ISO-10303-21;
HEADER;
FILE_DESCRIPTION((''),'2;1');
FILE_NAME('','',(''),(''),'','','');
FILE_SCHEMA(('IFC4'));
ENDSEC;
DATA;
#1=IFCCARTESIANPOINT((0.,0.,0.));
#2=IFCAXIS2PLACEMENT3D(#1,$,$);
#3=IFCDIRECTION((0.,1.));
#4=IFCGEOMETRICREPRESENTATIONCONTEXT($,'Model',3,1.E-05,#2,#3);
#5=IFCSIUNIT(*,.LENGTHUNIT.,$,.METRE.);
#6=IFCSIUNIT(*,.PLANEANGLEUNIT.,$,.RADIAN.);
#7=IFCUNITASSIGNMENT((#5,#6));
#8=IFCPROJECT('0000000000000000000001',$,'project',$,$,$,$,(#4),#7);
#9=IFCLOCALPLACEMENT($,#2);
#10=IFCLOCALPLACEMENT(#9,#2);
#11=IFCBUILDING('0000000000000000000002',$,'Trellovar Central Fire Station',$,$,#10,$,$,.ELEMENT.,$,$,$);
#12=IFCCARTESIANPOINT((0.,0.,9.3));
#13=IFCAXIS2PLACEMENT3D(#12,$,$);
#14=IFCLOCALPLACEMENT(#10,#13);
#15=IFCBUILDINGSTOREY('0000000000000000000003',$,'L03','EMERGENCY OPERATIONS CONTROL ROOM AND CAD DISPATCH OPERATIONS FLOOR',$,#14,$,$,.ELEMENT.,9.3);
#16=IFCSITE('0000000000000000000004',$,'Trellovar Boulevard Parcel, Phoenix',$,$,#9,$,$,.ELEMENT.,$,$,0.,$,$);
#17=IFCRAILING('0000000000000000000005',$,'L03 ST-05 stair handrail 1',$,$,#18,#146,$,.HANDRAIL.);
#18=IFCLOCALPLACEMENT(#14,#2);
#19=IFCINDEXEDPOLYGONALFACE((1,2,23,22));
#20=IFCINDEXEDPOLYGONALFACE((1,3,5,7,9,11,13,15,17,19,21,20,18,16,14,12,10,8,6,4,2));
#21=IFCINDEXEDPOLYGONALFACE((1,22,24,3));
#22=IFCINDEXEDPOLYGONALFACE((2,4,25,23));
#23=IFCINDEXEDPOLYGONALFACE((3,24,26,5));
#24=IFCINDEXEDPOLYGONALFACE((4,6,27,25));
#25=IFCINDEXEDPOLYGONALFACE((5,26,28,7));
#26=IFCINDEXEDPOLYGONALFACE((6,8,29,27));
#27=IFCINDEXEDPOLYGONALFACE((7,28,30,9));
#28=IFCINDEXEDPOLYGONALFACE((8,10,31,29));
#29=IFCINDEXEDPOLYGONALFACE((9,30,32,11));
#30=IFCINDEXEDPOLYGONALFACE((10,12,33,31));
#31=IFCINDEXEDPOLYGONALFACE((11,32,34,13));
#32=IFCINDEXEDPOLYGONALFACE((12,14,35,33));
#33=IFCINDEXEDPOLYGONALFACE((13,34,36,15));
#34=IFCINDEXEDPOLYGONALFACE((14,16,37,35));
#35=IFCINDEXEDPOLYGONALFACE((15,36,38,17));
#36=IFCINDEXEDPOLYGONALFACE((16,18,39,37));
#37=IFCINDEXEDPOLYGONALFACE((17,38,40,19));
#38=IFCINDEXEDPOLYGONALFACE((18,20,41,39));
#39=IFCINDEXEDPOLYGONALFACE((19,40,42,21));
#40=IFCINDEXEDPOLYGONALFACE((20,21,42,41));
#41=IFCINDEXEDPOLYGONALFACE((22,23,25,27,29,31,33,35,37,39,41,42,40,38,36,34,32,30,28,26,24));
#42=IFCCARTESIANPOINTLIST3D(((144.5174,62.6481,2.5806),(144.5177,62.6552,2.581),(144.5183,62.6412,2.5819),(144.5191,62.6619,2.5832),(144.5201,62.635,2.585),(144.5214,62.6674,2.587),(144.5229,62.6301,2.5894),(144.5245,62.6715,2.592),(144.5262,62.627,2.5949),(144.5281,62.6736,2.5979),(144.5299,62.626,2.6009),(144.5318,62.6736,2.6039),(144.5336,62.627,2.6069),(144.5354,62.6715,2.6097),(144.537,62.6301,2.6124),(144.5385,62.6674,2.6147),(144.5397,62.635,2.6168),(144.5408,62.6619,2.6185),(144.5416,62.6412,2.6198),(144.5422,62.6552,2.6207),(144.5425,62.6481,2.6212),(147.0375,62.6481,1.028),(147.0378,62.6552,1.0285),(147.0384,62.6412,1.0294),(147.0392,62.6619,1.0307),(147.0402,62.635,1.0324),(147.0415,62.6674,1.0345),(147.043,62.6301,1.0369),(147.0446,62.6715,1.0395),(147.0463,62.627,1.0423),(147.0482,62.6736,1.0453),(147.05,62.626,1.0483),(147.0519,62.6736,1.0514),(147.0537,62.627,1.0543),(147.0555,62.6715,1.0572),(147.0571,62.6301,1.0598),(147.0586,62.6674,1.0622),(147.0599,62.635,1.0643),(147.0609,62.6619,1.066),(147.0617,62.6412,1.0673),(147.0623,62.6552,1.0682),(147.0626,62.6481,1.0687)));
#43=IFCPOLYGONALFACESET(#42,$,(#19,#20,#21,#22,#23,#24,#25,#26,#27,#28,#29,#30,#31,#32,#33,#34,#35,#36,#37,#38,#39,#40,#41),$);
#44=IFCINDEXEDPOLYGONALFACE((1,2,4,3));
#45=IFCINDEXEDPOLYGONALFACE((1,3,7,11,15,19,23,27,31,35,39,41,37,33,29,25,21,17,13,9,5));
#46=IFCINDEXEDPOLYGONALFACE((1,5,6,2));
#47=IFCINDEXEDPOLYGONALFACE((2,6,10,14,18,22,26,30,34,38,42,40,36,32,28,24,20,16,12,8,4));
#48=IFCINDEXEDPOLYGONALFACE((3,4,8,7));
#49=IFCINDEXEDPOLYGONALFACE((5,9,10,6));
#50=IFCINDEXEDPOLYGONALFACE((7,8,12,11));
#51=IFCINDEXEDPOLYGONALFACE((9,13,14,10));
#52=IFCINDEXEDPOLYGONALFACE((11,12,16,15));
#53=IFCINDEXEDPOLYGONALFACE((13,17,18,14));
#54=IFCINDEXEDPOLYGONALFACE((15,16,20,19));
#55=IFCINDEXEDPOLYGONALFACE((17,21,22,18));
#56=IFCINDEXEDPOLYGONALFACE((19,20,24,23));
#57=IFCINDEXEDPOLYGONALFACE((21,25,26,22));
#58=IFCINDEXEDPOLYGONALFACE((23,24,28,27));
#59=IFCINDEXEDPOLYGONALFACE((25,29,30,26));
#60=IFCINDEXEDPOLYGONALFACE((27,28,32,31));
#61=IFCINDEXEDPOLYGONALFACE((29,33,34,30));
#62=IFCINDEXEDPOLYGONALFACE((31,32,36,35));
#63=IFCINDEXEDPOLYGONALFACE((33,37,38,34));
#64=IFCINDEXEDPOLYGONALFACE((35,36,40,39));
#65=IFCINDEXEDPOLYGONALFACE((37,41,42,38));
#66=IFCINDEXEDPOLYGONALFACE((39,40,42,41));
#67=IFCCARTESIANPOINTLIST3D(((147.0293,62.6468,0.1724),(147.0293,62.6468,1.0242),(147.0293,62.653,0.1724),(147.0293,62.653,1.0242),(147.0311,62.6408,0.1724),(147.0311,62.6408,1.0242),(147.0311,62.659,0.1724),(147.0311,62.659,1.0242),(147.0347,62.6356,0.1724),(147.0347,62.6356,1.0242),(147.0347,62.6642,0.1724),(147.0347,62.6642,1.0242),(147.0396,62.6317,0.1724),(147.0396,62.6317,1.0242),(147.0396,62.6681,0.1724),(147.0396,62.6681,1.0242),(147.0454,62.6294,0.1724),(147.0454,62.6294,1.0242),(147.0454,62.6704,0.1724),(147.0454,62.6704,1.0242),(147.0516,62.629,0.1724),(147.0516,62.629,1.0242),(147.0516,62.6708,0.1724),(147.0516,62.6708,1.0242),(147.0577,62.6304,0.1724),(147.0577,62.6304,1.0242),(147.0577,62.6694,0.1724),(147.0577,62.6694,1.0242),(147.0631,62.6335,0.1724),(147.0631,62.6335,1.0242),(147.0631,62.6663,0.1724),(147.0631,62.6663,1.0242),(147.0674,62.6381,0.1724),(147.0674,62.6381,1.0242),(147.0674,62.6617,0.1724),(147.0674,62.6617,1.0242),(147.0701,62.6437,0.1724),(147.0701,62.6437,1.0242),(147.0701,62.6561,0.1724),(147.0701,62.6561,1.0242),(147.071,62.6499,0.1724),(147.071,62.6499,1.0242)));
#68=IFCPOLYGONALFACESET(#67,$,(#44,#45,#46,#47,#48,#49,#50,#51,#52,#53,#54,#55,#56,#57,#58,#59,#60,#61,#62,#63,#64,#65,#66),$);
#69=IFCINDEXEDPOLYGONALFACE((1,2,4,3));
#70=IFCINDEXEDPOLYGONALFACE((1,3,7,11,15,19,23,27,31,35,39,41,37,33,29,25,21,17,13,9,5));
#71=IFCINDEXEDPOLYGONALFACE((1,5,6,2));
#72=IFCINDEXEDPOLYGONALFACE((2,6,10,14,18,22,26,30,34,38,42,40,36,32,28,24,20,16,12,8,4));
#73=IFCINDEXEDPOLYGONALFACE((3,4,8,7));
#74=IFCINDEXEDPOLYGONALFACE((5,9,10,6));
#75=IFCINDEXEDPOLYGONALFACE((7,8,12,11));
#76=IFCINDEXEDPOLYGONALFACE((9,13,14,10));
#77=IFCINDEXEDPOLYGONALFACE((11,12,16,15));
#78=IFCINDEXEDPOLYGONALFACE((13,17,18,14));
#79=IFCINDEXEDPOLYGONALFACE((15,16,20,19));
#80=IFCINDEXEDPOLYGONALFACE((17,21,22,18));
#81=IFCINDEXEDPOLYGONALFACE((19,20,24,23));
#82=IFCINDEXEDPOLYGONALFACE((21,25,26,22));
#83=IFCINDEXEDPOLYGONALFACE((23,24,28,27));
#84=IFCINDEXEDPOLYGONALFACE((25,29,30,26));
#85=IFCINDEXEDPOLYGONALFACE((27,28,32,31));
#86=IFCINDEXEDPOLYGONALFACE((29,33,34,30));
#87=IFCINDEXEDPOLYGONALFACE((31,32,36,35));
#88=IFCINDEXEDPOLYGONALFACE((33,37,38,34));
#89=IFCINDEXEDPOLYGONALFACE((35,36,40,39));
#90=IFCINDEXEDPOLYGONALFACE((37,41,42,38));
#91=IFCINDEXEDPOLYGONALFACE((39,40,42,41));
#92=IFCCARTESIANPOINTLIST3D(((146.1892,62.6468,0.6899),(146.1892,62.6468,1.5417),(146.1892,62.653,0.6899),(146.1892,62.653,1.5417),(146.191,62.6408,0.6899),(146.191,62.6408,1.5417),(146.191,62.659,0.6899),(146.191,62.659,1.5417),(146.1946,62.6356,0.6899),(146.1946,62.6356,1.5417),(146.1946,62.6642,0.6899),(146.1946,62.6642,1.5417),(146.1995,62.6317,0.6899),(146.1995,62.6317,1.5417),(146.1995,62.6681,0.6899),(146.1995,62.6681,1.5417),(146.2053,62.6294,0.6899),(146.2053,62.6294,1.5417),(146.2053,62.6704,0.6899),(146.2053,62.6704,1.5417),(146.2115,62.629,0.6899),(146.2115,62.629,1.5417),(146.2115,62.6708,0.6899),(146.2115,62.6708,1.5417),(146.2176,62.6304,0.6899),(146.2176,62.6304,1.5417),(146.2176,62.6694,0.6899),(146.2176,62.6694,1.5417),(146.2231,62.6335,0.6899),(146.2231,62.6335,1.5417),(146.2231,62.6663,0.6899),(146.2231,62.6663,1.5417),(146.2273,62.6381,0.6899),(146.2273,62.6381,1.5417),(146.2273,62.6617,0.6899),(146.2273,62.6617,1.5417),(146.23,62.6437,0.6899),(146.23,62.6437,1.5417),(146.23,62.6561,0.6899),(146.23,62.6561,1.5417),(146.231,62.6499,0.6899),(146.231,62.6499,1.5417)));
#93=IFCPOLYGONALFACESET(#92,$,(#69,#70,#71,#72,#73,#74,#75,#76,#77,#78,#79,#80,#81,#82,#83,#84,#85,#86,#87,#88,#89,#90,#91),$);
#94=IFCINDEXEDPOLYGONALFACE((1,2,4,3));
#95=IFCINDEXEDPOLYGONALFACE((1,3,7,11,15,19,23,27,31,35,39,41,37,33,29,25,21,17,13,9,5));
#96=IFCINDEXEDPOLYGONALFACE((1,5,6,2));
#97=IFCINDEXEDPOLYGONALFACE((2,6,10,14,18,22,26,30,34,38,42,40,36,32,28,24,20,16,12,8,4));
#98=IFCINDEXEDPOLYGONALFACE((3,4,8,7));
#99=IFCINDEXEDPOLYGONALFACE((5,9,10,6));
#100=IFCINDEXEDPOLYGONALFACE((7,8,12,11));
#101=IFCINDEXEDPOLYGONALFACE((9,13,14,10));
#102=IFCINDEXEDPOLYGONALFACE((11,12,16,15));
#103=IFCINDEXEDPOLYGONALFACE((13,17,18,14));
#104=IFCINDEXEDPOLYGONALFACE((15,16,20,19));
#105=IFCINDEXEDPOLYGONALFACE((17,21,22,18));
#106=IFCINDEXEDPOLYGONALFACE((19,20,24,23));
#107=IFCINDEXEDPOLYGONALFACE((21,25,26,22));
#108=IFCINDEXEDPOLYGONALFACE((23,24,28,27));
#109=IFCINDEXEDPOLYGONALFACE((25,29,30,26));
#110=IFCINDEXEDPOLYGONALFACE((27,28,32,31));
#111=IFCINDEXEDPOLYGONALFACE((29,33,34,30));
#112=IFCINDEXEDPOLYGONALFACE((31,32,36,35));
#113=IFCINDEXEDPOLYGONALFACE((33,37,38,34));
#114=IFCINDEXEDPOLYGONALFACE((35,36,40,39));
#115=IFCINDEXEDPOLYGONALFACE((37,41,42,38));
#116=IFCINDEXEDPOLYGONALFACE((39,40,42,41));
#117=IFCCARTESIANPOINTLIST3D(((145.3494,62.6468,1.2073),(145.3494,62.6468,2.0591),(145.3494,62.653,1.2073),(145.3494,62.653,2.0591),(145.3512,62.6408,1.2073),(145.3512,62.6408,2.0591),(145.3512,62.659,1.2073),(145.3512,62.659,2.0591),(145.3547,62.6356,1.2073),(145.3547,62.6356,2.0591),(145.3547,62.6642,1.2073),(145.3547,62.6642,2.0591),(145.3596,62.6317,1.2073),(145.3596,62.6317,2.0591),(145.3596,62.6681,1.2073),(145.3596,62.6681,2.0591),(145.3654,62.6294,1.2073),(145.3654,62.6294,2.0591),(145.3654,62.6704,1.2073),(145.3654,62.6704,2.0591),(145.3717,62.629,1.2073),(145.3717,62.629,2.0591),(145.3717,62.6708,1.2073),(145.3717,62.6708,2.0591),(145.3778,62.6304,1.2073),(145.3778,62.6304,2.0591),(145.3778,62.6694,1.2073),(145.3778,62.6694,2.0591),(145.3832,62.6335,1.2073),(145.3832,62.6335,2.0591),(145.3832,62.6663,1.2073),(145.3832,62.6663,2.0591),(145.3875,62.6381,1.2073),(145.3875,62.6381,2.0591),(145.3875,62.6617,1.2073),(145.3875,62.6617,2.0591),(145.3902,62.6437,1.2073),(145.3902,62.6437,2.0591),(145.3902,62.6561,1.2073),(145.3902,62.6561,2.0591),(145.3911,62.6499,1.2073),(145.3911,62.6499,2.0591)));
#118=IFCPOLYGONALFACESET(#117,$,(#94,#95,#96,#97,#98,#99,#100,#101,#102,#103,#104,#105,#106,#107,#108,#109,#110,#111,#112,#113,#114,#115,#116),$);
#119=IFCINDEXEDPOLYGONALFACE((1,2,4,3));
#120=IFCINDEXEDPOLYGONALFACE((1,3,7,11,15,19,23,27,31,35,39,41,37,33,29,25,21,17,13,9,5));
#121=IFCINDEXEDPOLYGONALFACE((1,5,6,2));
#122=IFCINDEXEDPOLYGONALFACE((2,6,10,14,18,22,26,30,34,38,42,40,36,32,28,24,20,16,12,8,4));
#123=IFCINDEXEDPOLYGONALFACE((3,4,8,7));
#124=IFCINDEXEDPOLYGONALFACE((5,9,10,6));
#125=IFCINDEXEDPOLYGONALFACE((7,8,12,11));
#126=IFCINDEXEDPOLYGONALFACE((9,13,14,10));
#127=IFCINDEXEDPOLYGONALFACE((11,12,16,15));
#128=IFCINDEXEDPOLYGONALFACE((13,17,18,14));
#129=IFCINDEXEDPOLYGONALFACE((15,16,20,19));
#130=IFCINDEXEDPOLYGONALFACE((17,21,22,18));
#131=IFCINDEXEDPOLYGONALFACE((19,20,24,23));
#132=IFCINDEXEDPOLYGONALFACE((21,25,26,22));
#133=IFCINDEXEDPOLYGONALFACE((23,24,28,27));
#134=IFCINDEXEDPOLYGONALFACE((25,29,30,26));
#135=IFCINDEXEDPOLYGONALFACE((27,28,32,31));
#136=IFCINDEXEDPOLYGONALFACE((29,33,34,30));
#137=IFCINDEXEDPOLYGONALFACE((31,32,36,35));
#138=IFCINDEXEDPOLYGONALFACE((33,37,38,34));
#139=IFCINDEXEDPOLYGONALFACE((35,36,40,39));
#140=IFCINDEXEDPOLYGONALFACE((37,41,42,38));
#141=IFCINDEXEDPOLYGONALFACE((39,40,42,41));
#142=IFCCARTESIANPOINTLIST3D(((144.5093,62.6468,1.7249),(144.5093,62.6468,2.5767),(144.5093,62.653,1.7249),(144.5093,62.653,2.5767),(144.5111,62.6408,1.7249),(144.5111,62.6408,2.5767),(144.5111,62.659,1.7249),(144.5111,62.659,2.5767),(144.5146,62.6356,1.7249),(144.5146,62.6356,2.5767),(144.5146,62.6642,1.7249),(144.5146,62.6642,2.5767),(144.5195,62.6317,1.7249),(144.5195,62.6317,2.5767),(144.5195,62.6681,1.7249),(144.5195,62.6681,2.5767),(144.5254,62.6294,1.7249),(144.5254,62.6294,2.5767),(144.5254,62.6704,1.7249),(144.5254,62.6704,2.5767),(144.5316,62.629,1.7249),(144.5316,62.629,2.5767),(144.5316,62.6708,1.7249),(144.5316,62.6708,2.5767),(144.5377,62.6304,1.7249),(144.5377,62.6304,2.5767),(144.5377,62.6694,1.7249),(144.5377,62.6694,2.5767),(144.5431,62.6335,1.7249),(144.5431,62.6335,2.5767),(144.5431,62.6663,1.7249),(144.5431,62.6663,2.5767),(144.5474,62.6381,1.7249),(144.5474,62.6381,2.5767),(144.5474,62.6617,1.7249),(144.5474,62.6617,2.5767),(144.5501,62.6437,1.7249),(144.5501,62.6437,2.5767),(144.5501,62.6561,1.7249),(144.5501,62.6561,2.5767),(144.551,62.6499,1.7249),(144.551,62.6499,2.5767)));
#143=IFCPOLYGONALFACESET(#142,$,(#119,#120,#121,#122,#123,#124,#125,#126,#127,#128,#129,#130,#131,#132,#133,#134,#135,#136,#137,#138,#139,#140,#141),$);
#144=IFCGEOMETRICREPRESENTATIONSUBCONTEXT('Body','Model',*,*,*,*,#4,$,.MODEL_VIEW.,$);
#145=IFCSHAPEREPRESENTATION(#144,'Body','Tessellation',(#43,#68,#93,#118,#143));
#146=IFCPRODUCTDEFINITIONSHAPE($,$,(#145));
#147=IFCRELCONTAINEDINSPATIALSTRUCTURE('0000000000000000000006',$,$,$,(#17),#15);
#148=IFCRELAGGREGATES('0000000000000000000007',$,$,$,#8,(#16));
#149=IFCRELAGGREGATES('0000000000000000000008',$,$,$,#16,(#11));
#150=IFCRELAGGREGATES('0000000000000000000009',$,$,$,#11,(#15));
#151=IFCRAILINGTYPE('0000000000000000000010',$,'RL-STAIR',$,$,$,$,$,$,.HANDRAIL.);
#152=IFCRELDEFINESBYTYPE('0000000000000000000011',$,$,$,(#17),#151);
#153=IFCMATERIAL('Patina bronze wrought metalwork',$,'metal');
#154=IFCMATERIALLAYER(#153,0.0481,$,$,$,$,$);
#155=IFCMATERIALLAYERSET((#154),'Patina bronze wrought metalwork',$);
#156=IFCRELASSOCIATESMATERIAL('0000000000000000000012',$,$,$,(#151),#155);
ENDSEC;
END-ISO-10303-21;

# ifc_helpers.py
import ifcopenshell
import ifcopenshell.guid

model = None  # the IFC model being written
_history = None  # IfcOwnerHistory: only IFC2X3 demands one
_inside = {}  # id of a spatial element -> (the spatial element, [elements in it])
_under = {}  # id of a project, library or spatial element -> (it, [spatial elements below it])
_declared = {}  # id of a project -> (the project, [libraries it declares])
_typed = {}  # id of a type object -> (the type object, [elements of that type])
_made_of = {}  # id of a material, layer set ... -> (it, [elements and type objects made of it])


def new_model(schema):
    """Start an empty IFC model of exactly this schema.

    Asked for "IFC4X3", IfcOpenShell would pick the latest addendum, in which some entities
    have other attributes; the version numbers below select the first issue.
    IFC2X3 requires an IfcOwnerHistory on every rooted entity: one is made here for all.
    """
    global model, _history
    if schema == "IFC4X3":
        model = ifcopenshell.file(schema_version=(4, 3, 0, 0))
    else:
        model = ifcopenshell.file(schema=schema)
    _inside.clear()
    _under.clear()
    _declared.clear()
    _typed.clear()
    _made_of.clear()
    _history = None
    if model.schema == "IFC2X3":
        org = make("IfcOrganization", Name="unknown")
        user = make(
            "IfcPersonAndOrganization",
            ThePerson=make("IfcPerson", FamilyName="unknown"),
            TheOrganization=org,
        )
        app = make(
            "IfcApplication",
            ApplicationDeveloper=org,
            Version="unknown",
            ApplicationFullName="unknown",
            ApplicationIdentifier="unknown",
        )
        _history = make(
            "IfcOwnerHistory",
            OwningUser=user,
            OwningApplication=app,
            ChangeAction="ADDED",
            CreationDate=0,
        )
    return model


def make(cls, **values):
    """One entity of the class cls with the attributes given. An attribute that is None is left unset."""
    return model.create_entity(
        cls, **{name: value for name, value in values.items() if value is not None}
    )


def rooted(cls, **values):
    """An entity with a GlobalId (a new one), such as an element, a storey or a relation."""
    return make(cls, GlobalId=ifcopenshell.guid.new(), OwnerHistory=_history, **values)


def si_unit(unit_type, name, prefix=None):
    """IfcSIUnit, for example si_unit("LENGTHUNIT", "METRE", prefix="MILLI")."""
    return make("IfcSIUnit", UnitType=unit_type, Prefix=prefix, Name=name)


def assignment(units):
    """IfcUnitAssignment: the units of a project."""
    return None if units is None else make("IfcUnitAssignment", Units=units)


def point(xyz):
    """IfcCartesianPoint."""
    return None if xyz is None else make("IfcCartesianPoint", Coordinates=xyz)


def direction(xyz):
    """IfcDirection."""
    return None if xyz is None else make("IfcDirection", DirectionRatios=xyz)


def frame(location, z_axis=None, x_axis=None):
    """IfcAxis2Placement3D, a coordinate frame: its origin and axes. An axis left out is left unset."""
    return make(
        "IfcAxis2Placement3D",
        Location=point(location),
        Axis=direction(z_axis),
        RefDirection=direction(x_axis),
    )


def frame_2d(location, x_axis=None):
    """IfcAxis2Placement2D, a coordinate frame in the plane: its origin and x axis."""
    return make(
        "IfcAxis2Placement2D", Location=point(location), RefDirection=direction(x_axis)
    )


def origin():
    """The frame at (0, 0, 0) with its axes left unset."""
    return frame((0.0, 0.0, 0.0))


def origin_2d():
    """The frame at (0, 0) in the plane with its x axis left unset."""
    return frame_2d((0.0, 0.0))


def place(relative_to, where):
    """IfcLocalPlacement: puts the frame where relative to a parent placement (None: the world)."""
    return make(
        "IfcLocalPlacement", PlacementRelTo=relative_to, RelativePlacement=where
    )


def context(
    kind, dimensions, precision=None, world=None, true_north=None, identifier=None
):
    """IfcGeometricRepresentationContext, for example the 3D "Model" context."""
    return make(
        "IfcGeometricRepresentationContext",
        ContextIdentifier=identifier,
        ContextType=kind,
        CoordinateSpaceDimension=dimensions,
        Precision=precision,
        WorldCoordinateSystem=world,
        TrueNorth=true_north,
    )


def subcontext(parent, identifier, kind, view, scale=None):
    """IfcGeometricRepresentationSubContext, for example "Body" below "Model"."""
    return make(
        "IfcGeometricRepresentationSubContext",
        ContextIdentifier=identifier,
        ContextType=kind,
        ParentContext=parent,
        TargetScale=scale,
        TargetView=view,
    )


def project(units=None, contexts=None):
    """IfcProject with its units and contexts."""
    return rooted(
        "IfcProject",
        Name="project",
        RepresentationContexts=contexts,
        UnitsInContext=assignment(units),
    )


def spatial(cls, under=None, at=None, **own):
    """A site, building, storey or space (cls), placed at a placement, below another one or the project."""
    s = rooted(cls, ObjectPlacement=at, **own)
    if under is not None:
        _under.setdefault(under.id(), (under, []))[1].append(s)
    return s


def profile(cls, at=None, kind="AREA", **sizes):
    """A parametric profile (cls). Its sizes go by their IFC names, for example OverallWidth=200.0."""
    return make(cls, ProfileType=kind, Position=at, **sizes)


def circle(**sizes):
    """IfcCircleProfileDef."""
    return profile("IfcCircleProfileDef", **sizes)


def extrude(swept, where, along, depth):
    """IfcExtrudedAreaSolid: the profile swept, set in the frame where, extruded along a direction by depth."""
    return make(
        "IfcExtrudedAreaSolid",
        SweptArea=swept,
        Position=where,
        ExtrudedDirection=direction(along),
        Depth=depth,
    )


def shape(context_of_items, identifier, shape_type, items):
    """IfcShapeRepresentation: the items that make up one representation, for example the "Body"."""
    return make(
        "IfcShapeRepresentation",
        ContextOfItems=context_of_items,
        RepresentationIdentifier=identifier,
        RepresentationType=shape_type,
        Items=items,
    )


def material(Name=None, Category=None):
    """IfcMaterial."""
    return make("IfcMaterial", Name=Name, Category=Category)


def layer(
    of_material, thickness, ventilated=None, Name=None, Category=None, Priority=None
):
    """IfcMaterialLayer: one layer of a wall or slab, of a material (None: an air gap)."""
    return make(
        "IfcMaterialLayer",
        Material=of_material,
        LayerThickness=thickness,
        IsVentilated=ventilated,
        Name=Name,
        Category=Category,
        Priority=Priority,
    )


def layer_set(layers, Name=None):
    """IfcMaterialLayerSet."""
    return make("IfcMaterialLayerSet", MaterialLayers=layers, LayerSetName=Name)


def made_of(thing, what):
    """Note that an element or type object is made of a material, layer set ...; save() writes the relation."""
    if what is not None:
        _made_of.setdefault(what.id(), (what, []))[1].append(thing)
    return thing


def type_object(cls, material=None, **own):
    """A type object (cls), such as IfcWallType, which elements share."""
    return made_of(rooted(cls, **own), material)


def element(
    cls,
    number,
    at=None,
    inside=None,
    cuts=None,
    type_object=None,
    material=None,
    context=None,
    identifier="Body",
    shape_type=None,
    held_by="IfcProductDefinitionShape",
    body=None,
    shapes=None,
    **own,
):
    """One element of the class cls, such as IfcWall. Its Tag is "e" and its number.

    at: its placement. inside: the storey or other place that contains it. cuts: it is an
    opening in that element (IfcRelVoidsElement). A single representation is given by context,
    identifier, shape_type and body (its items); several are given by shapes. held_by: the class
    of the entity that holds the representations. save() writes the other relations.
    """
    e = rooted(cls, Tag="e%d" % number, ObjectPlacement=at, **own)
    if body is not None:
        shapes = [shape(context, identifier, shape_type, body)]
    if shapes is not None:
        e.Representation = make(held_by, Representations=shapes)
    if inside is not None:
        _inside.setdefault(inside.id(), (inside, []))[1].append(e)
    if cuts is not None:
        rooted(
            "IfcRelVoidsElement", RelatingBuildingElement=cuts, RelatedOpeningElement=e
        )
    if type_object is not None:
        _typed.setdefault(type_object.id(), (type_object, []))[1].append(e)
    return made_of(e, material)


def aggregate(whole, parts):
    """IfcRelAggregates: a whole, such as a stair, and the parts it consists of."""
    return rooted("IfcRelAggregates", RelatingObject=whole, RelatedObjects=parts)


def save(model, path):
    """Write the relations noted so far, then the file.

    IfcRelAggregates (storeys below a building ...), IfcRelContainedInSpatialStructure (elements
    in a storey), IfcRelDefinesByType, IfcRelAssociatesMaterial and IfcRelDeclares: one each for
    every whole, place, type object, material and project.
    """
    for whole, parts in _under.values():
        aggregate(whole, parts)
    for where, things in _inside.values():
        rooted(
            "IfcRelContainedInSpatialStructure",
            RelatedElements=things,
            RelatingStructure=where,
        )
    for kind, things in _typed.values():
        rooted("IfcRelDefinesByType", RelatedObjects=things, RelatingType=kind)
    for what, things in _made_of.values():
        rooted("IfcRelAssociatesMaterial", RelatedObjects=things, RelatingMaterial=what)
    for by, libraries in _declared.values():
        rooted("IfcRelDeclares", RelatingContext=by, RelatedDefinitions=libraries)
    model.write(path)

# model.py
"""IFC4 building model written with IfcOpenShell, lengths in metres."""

from ifc_helpers import new_model, si_unit, direction, frame, origin, origin_2d, place, context, subcontext, project, spatial, circle, extrude, material, layer, layer_set, type_object, element, save


model = new_model("IFC4")

# Units and contexts
model_context = context("Model", 3, precision=1e-05, world=origin(), true_north=direction((0.0, 1.0)))
body_context = subcontext(model_context, "Body", "Model", "MODEL_VIEW")
ifc_project = project(units=[si_unit("LENGTHUNIT", "METRE"), si_unit("PLANEANGLEUNIT", "RADIAN")], contexts=[model_context])

# Site, building, storey
site_placement = place(None, origin())
site = spatial("IfcSite", under=ifc_project, at=site_placement, Name="Trellovar Boulevard Parcel, Phoenix", CompositionType="ELEMENT", RefElevation=0.0)
building_placement = place(site_placement, origin())
building = spatial("IfcBuilding", under=site, at=building_placement, Name="Trellovar Central Fire Station", CompositionType="ELEMENT")
storey_placement = place(building_placement, frame((0.0, 0.0, 9.3)))
storey = spatial("IfcBuildingStorey", under=building, at=storey_placement, Name="L03", Description="EMERGENCY OPERATIONS CONTROL ROOM AND CAD DISPATCH OPERATIONS FLOOR", CompositionType="ELEMENT", Elevation=9.3)

# Railing
ifc_material_1 = material(Name="Patina bronze wrought metalwork", Category="metal")
ifc_layer_1 = layer(ifc_material_1, 0.0481)
ifc_layer_set_1 = layer_set([ifc_layer_1], Name="Patina bronze wrought metalwork")
railing_type_1 = type_object("IfcRailingType", Name="RL-STAIR", PredefinedType="HANDRAIL", material=ifc_layer_set_1)
railing_1_placement = place(storey_placement, frame((147.05, 62.6499, 0.1724)))
element("IfcRailing", 1, at=railing_1_placement, inside=storey, type_object=railing_type_1, Name="L03 ST-05 stair handrail 1", PredefinedType="HANDRAIL", context=body_context, shape_type="SweptSolid", body=[
    extrude(circle(Radius=0.0239, at=origin_2d()), frame((0.0, 0.0, 0.876), z_axis=(-0.8514, 0.0, 0.524516), x_axis=(0.0, -1.0, 0.0)), (0.0, 0.0, 1.0), 2.96),
    extrude(circle(Radius=0.021, at=origin_2d()), origin(), (0.0, 0.0, 1.0), 0.8518),
    extrude(circle(Radius=0.021, at=origin_2d()), frame((-0.8401, 0.0, 0.5176)), (0.0, 0.0, 1.0), 0.8518),
    extrude(circle(Radius=0.021, at=origin_2d()), frame((-1.6799, 0.0, 1.0349)), (0.0, 0.0, 1.0), 0.8518),
    extrude(circle(Radius=0.021, at=origin_2d()), frame((-2.52, 0.0, 1.5525)), (0.0, 0.0, 1.0), 0.8518),
])

save(model, "model.ifc")
